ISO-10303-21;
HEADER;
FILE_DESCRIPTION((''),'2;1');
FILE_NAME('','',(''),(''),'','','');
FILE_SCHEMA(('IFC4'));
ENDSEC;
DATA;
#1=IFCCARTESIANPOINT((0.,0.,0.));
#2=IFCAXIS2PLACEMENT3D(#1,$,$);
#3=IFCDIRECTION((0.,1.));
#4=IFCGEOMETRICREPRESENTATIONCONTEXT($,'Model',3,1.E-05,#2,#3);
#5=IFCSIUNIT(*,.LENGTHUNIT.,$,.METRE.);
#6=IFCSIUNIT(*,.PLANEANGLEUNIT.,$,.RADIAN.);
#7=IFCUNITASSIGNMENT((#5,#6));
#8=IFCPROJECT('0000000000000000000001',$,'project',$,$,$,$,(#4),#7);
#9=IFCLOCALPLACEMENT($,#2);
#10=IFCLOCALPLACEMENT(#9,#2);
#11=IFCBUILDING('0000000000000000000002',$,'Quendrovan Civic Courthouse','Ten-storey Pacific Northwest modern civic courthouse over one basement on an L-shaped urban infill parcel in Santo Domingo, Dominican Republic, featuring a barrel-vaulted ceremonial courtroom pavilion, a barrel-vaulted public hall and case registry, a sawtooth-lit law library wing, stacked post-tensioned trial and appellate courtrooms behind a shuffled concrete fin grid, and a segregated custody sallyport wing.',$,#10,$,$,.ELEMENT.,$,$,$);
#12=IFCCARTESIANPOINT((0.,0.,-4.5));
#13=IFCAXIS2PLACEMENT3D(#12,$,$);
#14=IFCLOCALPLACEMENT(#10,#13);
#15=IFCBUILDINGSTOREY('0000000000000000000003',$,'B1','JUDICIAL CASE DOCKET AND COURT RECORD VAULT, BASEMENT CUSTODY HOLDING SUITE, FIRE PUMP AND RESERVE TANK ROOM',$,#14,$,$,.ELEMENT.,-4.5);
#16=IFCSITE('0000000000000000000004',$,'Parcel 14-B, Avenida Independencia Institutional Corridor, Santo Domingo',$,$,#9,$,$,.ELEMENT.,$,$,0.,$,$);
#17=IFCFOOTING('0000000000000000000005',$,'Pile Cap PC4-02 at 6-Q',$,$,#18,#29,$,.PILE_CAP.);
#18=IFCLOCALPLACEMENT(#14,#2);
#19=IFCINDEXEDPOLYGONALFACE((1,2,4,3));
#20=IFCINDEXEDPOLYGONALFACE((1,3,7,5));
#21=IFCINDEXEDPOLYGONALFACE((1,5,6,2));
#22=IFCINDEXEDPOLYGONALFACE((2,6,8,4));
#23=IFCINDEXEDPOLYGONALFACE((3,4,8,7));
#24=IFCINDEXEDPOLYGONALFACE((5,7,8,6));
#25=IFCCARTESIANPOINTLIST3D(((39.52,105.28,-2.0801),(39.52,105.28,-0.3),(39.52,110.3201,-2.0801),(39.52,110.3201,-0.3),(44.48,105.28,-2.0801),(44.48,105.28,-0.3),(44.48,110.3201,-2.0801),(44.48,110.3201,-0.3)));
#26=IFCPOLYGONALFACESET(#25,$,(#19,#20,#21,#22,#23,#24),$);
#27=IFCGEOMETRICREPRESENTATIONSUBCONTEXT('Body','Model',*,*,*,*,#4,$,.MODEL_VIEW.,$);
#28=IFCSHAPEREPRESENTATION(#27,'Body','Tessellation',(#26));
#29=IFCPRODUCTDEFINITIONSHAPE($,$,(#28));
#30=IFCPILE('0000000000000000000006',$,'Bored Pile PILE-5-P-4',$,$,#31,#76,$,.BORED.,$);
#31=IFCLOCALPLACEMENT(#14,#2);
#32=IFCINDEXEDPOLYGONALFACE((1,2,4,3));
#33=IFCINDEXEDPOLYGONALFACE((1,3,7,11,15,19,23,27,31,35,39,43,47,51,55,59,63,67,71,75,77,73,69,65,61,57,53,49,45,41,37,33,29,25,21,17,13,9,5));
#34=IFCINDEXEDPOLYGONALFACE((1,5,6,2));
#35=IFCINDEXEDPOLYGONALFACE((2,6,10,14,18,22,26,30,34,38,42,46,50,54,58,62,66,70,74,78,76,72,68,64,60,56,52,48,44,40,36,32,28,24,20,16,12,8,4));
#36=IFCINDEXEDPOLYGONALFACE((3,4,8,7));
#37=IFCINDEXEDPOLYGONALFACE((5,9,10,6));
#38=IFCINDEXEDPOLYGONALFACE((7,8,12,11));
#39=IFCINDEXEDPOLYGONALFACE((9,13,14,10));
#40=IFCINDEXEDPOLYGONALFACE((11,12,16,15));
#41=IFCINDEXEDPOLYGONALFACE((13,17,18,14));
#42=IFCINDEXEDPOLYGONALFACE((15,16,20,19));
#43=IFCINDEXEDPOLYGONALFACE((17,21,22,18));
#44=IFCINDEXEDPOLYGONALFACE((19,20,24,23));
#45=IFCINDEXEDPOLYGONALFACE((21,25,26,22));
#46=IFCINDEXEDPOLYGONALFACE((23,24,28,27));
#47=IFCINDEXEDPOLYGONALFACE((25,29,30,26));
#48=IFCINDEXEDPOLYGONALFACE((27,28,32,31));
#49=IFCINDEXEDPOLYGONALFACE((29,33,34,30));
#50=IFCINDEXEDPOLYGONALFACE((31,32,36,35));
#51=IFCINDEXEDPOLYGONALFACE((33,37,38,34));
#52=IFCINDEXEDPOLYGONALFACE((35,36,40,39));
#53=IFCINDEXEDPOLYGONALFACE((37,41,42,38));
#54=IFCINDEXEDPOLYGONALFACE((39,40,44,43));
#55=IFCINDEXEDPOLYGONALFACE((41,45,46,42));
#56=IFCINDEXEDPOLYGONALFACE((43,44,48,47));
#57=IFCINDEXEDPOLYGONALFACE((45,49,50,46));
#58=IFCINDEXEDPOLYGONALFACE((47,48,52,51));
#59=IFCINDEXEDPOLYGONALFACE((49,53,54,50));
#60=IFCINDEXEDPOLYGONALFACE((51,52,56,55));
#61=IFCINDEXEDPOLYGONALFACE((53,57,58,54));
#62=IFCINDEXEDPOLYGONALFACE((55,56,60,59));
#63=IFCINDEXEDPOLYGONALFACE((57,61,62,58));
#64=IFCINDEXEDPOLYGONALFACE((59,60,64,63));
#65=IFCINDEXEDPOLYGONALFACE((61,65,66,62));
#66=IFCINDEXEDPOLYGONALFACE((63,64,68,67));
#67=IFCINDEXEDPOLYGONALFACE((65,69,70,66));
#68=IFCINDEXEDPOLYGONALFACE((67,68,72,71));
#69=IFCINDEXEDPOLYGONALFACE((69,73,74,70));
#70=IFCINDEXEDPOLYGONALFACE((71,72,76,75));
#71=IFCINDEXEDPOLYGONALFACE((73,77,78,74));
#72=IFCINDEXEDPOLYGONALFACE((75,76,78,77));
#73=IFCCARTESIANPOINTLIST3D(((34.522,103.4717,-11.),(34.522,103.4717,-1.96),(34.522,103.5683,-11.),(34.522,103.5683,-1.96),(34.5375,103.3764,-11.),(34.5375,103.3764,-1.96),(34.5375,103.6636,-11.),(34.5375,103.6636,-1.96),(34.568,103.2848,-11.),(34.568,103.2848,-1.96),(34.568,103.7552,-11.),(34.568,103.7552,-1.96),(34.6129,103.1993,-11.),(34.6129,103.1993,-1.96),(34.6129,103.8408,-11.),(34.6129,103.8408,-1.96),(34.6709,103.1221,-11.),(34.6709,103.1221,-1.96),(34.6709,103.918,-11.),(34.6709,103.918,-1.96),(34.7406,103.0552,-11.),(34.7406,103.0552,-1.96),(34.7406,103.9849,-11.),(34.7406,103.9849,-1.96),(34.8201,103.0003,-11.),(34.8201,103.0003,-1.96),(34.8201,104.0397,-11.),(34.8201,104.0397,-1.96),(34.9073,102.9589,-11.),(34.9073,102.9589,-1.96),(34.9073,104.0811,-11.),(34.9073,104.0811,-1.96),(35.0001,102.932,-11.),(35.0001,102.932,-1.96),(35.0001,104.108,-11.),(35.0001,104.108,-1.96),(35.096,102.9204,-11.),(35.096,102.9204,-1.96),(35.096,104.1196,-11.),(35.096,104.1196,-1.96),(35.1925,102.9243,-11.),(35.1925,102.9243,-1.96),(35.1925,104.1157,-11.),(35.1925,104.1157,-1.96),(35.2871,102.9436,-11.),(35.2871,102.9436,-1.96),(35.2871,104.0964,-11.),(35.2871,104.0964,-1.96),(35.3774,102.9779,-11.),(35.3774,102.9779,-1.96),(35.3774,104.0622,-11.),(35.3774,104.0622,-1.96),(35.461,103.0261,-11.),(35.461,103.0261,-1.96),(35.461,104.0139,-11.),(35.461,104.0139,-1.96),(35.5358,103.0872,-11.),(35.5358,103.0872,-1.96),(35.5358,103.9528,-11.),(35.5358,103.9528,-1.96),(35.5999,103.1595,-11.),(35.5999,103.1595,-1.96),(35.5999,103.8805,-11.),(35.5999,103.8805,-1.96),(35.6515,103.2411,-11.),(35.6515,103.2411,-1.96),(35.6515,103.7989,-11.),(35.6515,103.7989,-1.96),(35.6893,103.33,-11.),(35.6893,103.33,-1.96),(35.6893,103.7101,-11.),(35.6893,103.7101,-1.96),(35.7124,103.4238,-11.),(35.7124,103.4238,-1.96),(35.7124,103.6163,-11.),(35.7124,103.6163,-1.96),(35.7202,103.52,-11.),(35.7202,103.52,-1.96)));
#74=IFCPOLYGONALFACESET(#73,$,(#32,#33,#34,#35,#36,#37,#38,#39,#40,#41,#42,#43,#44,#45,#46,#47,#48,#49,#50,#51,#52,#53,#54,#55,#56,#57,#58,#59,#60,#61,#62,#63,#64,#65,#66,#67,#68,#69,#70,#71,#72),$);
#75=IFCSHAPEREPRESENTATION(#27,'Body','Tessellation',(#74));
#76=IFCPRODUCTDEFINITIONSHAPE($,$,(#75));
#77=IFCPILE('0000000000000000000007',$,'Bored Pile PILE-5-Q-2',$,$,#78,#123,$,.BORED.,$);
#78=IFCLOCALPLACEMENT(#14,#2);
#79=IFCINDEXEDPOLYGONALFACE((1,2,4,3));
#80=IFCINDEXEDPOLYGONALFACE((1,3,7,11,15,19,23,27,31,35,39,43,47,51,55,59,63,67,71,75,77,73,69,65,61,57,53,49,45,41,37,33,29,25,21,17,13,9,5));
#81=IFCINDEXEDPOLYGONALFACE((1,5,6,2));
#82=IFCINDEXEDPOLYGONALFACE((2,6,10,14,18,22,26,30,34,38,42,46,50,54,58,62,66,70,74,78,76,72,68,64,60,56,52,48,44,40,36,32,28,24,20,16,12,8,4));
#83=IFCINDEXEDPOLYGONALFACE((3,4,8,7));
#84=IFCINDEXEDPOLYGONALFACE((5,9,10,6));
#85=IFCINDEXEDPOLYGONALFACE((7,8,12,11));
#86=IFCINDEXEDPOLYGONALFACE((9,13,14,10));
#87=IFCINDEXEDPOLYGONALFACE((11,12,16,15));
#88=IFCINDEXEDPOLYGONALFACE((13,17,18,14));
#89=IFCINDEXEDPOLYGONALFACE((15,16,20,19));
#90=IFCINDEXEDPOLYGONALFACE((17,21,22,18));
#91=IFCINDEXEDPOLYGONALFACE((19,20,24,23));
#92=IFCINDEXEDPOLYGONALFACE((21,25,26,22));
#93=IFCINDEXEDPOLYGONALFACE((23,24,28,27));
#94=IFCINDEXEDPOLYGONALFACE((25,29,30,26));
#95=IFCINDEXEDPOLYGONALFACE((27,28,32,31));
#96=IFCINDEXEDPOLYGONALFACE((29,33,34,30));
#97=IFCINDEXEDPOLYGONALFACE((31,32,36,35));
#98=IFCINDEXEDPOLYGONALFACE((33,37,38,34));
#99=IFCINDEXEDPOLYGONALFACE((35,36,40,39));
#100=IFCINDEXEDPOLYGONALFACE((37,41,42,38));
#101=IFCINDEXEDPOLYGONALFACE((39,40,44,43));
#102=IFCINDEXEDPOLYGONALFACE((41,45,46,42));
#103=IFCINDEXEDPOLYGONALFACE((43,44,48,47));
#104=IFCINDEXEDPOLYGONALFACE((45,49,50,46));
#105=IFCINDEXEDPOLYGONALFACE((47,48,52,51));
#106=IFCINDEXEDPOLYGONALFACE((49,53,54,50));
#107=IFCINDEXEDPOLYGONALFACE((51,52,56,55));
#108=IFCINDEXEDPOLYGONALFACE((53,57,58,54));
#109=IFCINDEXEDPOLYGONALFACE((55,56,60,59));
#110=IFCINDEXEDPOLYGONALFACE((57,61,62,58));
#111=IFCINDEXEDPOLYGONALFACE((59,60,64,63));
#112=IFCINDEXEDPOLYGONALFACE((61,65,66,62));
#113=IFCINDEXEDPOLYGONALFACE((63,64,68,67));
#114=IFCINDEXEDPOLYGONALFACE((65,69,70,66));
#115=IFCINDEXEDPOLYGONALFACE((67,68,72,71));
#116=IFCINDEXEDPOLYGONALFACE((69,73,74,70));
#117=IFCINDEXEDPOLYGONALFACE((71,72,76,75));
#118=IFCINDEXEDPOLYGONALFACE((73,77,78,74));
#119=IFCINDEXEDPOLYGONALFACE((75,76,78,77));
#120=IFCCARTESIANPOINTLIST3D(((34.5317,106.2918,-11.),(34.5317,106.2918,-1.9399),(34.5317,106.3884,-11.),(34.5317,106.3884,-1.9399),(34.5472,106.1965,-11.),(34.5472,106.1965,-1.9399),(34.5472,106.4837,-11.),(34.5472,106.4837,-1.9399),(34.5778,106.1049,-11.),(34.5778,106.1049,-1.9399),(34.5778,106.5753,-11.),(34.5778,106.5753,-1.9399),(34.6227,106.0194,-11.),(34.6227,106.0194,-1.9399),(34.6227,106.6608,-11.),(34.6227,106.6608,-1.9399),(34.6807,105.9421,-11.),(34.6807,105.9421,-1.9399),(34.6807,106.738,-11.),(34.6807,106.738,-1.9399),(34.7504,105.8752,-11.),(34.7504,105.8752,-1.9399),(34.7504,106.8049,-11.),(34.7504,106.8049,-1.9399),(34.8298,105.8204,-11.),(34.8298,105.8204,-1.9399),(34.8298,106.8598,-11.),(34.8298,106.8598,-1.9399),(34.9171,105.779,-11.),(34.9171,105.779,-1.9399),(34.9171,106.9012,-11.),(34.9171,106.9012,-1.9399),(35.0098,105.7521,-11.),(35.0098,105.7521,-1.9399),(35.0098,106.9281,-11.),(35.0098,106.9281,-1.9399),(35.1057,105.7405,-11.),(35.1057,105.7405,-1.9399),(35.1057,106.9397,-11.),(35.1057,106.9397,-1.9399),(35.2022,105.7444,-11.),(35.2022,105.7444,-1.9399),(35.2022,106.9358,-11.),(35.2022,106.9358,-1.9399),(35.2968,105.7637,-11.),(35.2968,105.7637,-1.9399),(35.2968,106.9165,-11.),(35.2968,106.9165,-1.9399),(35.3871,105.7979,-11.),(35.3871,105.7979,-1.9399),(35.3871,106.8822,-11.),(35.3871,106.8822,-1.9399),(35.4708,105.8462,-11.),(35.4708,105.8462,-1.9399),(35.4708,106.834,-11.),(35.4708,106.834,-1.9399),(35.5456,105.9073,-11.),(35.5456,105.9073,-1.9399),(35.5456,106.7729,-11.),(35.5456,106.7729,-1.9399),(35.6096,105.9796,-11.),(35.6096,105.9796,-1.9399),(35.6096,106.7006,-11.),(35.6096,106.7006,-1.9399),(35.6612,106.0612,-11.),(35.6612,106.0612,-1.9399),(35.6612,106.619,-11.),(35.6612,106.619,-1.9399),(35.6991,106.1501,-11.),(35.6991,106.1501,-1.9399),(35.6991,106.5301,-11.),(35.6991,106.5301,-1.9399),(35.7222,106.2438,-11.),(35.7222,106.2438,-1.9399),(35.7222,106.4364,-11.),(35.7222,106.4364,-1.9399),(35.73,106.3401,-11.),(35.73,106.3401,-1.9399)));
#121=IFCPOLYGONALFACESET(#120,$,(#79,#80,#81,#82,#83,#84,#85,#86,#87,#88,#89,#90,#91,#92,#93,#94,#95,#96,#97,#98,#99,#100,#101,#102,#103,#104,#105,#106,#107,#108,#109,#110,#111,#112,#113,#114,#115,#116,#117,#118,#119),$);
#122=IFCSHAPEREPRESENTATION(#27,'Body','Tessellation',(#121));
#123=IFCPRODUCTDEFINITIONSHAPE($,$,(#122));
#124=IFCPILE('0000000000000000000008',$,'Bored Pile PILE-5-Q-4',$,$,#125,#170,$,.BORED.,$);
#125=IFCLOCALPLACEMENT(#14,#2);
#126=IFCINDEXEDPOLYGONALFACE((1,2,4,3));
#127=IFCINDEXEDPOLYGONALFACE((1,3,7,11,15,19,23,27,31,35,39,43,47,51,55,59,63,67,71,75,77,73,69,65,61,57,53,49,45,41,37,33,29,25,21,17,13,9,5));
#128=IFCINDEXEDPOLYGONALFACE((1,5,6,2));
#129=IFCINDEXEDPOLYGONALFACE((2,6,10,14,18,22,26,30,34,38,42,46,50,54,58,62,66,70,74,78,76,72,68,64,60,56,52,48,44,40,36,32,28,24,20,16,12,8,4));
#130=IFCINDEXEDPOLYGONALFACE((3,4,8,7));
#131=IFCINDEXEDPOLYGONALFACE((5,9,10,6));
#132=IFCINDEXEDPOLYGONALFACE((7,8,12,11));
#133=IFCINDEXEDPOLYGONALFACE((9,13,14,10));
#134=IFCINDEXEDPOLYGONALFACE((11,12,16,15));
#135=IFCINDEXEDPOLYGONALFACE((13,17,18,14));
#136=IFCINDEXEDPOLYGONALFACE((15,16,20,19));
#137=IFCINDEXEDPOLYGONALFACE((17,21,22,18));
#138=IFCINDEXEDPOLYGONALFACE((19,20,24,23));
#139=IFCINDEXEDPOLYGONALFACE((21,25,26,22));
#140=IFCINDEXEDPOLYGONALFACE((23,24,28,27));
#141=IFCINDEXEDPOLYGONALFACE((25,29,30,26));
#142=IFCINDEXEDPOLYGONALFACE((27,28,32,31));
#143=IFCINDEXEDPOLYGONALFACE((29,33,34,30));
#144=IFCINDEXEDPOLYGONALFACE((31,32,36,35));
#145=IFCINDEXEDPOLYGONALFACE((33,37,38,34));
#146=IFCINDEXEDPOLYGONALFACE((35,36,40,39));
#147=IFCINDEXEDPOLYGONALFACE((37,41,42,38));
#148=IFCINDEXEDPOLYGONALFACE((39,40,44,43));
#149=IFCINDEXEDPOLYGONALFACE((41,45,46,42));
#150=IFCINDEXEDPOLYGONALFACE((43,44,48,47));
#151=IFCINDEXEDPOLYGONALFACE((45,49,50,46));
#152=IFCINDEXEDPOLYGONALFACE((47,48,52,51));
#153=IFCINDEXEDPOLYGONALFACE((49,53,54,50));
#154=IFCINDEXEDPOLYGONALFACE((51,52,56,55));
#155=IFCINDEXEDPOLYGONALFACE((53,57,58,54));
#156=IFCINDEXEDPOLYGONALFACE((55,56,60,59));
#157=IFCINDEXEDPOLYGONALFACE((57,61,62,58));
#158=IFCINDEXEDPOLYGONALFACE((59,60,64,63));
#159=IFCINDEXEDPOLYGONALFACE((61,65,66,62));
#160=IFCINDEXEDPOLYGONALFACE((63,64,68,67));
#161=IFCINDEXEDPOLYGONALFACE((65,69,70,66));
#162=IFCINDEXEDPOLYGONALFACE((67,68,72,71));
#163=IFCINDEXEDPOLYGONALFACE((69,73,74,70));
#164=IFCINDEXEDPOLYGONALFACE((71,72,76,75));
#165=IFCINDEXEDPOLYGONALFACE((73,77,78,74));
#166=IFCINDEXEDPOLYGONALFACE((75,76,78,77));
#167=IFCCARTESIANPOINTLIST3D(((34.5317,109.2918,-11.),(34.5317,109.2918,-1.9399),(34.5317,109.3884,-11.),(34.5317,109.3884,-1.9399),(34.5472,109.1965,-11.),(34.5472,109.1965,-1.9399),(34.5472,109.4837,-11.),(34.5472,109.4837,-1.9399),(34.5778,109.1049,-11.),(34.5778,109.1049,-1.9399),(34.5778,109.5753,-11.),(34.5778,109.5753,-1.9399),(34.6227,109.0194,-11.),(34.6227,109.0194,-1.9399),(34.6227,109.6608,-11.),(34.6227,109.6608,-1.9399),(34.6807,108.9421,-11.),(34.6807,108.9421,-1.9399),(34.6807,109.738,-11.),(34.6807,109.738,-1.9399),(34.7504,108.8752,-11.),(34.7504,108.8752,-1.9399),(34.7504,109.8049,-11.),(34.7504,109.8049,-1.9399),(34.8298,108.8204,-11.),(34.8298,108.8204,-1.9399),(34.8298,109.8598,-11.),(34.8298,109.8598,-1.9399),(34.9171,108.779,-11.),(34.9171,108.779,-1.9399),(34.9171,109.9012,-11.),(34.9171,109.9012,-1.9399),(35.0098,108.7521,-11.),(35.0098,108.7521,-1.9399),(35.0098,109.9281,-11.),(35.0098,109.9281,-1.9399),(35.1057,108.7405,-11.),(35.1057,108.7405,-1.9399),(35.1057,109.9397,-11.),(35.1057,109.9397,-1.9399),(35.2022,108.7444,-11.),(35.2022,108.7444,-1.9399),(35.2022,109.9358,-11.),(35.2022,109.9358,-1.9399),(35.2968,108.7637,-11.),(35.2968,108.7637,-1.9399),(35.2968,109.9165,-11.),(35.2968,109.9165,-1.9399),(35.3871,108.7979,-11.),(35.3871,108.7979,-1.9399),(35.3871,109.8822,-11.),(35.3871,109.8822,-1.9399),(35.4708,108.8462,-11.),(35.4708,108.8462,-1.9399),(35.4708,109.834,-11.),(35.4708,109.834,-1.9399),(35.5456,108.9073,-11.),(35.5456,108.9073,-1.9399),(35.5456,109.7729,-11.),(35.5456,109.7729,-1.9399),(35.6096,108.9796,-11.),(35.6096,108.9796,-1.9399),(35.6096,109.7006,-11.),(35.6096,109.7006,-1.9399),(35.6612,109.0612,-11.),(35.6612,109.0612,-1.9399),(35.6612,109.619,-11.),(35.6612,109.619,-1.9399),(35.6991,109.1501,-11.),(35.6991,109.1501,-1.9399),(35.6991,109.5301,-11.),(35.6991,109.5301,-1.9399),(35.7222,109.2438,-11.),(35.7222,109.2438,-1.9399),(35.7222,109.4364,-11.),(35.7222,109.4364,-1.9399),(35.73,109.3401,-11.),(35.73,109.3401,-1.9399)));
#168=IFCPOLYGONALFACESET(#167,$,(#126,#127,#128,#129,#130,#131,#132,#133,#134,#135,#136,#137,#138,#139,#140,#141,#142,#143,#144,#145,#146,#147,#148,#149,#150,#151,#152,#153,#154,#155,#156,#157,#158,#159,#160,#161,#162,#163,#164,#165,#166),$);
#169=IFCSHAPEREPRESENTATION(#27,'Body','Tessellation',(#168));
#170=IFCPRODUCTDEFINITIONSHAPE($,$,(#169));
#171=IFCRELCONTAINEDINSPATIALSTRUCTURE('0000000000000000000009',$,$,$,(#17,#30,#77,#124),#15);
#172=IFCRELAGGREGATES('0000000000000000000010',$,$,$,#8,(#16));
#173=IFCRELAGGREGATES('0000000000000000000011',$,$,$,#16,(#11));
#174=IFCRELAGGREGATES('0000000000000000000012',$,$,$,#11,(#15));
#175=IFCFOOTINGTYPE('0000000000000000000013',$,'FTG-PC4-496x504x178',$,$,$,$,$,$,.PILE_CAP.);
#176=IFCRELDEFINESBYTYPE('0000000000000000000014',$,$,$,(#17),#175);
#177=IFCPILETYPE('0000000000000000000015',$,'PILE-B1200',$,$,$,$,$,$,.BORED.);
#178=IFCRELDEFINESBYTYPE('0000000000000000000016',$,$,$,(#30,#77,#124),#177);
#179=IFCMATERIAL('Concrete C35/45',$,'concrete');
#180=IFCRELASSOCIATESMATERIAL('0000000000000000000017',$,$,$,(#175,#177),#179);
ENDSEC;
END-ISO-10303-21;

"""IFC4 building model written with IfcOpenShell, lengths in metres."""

from ifc_helpers import new_model, si_unit, direction, frame, origin, origin_2d, place, context, subcontext, project, spatial, rectangle, circle, extrude, material, material_profile, profile_set, type_object, element, save


model = new_model("IFC4")

# Units and contexts
model_context = context("Model", 3, precision=1e-05, world=origin(), true_north=direction((0.0, 1.0)))
body_context = subcontext(model_context, "Body", "Model", "MODEL_VIEW")
ifc_project = project(units=[si_unit("LENGTHUNIT", "METRE"), si_unit("PLANEANGLEUNIT", "RADIAN")], contexts=[model_context])

# Site, building, storey
site_placement = place(None, origin())
site = spatial("IfcSite", under=ifc_project, at=site_placement, Name="Parcel 14-B, Avenida Independencia Institutional Corridor, Santo Domingo", CompositionType="ELEMENT", RefElevation=0.0)
building_placement = place(site_placement, origin())
building = spatial("IfcBuilding", under=site, at=building_placement, Name="Quendrovan Civic Courthouse", Description="Ten-storey Pacific Northwest modern civic courthouse over one basement on an L-shaped urban infill parcel in Santo Domingo, Dominican Republic, featuring a barrel-vaulted ceremonial courtroom pavilion, a barrel-vaulted public hall and case registry, a sawtooth-lit law library wing, stacked post-tensioned trial and appellate courtrooms behind a shuffled concrete fin grid, and a segregated custody sallyport wing.", CompositionType="ELEMENT")
storey_placement = place(building_placement, frame((0.0, 0.0, -4.5)))
storey = spatial("IfcBuildingStorey", under=building, at=storey_placement, Name="B1", Description="JUDICIAL CASE DOCKET AND COURT RECORD VAULT, BASEMENT CUSTODY HOLDING SUITE, FIRE PUMP AND RESERVE TANK ROOM", CompositionType="ELEMENT", Elevation=-4.5)

# Footing
ifc_material_1 = material(Name="Concrete C35/45", Category="concrete")
footing_type = type_object("IfcFootingType", Name="FTG-PC4-496x504x178", PredefinedType="PILE_CAP", material=ifc_material_1)
footing_placement = place(storey_placement, frame((42.0, 107.8, -2.0801), z_axis=(0.0, 0.0, 1.0), x_axis=(1.0, 0.0, 0.0)))
element("IfcFooting", 1, at=footing_placement, inside=storey, type_object=footing_type, Name="Pile Cap PC4-02 at 6-Q", PredefinedType="PILE_CAP", context=body_context, shape_type="SweptSolid", body=[
    extrude(rectangle(XDim=4.96, YDim=5.04, at=origin_2d()), origin(), (0.0, 0.0, 1.0), 1.78),
])

# Piles
ifc_material_profile_1 = material_profile(ifc_material_1, circle(Radius=0.6001, at=origin_2d()), Name="PILE-D1200")
ifc_profile_set_1 = profile_set([ifc_material_profile_1], Name="Concrete C35/45")
pile_type = type_object("IfcPileType", Name="PILE-B1200", PredefinedType="BORED", material=ifc_profile_set_1)
pile_placement = place(storey_placement, frame((35.1201, 103.52, -1.96), z_axis=(0.0, 0.0, -1.0), x_axis=(1.0, 0.0, 0.0)))
element("IfcPile", 2, at=pile_placement, inside=storey, type_object=pile_type, Name="Bored Pile PILE-5-P-4", PredefinedType="BORED", context=body_context, shape_type="SweptSolid", body=[
    extrude(circle(Radius=0.6001, at=origin_2d()), origin(), (0.0, 0.0, 1.0), 9.04),
])
for number, where, z_axis, x_axis, name in (
    (3, (35.1299, 106.3401, -1.9399), (0.0, 0.0, -1.0), (1.0, 0.0, 0.0), "Bored Pile PILE-5-Q-2"),
    (4, (35.1299, 109.3401, -1.9399), (0.0, 0.0, -1.0), (1.0, 0.0, 0.0), "Bored Pile PILE-5-Q-4"),
):
    element("IfcPile", number, at=place(storey_placement, frame(where, z_axis=z_axis, x_axis=x_axis)), inside=storey, type_object=pile_type, Name=name, PredefinedType="BORED", context=body_context, shape_type="SweptSolid", body=[
        extrude(circle(Radius=0.6001, at=origin_2d()), origin(), (0.0, 0.0, 1.0), 9.0601),
    ])

save(model, "model.ifc")
